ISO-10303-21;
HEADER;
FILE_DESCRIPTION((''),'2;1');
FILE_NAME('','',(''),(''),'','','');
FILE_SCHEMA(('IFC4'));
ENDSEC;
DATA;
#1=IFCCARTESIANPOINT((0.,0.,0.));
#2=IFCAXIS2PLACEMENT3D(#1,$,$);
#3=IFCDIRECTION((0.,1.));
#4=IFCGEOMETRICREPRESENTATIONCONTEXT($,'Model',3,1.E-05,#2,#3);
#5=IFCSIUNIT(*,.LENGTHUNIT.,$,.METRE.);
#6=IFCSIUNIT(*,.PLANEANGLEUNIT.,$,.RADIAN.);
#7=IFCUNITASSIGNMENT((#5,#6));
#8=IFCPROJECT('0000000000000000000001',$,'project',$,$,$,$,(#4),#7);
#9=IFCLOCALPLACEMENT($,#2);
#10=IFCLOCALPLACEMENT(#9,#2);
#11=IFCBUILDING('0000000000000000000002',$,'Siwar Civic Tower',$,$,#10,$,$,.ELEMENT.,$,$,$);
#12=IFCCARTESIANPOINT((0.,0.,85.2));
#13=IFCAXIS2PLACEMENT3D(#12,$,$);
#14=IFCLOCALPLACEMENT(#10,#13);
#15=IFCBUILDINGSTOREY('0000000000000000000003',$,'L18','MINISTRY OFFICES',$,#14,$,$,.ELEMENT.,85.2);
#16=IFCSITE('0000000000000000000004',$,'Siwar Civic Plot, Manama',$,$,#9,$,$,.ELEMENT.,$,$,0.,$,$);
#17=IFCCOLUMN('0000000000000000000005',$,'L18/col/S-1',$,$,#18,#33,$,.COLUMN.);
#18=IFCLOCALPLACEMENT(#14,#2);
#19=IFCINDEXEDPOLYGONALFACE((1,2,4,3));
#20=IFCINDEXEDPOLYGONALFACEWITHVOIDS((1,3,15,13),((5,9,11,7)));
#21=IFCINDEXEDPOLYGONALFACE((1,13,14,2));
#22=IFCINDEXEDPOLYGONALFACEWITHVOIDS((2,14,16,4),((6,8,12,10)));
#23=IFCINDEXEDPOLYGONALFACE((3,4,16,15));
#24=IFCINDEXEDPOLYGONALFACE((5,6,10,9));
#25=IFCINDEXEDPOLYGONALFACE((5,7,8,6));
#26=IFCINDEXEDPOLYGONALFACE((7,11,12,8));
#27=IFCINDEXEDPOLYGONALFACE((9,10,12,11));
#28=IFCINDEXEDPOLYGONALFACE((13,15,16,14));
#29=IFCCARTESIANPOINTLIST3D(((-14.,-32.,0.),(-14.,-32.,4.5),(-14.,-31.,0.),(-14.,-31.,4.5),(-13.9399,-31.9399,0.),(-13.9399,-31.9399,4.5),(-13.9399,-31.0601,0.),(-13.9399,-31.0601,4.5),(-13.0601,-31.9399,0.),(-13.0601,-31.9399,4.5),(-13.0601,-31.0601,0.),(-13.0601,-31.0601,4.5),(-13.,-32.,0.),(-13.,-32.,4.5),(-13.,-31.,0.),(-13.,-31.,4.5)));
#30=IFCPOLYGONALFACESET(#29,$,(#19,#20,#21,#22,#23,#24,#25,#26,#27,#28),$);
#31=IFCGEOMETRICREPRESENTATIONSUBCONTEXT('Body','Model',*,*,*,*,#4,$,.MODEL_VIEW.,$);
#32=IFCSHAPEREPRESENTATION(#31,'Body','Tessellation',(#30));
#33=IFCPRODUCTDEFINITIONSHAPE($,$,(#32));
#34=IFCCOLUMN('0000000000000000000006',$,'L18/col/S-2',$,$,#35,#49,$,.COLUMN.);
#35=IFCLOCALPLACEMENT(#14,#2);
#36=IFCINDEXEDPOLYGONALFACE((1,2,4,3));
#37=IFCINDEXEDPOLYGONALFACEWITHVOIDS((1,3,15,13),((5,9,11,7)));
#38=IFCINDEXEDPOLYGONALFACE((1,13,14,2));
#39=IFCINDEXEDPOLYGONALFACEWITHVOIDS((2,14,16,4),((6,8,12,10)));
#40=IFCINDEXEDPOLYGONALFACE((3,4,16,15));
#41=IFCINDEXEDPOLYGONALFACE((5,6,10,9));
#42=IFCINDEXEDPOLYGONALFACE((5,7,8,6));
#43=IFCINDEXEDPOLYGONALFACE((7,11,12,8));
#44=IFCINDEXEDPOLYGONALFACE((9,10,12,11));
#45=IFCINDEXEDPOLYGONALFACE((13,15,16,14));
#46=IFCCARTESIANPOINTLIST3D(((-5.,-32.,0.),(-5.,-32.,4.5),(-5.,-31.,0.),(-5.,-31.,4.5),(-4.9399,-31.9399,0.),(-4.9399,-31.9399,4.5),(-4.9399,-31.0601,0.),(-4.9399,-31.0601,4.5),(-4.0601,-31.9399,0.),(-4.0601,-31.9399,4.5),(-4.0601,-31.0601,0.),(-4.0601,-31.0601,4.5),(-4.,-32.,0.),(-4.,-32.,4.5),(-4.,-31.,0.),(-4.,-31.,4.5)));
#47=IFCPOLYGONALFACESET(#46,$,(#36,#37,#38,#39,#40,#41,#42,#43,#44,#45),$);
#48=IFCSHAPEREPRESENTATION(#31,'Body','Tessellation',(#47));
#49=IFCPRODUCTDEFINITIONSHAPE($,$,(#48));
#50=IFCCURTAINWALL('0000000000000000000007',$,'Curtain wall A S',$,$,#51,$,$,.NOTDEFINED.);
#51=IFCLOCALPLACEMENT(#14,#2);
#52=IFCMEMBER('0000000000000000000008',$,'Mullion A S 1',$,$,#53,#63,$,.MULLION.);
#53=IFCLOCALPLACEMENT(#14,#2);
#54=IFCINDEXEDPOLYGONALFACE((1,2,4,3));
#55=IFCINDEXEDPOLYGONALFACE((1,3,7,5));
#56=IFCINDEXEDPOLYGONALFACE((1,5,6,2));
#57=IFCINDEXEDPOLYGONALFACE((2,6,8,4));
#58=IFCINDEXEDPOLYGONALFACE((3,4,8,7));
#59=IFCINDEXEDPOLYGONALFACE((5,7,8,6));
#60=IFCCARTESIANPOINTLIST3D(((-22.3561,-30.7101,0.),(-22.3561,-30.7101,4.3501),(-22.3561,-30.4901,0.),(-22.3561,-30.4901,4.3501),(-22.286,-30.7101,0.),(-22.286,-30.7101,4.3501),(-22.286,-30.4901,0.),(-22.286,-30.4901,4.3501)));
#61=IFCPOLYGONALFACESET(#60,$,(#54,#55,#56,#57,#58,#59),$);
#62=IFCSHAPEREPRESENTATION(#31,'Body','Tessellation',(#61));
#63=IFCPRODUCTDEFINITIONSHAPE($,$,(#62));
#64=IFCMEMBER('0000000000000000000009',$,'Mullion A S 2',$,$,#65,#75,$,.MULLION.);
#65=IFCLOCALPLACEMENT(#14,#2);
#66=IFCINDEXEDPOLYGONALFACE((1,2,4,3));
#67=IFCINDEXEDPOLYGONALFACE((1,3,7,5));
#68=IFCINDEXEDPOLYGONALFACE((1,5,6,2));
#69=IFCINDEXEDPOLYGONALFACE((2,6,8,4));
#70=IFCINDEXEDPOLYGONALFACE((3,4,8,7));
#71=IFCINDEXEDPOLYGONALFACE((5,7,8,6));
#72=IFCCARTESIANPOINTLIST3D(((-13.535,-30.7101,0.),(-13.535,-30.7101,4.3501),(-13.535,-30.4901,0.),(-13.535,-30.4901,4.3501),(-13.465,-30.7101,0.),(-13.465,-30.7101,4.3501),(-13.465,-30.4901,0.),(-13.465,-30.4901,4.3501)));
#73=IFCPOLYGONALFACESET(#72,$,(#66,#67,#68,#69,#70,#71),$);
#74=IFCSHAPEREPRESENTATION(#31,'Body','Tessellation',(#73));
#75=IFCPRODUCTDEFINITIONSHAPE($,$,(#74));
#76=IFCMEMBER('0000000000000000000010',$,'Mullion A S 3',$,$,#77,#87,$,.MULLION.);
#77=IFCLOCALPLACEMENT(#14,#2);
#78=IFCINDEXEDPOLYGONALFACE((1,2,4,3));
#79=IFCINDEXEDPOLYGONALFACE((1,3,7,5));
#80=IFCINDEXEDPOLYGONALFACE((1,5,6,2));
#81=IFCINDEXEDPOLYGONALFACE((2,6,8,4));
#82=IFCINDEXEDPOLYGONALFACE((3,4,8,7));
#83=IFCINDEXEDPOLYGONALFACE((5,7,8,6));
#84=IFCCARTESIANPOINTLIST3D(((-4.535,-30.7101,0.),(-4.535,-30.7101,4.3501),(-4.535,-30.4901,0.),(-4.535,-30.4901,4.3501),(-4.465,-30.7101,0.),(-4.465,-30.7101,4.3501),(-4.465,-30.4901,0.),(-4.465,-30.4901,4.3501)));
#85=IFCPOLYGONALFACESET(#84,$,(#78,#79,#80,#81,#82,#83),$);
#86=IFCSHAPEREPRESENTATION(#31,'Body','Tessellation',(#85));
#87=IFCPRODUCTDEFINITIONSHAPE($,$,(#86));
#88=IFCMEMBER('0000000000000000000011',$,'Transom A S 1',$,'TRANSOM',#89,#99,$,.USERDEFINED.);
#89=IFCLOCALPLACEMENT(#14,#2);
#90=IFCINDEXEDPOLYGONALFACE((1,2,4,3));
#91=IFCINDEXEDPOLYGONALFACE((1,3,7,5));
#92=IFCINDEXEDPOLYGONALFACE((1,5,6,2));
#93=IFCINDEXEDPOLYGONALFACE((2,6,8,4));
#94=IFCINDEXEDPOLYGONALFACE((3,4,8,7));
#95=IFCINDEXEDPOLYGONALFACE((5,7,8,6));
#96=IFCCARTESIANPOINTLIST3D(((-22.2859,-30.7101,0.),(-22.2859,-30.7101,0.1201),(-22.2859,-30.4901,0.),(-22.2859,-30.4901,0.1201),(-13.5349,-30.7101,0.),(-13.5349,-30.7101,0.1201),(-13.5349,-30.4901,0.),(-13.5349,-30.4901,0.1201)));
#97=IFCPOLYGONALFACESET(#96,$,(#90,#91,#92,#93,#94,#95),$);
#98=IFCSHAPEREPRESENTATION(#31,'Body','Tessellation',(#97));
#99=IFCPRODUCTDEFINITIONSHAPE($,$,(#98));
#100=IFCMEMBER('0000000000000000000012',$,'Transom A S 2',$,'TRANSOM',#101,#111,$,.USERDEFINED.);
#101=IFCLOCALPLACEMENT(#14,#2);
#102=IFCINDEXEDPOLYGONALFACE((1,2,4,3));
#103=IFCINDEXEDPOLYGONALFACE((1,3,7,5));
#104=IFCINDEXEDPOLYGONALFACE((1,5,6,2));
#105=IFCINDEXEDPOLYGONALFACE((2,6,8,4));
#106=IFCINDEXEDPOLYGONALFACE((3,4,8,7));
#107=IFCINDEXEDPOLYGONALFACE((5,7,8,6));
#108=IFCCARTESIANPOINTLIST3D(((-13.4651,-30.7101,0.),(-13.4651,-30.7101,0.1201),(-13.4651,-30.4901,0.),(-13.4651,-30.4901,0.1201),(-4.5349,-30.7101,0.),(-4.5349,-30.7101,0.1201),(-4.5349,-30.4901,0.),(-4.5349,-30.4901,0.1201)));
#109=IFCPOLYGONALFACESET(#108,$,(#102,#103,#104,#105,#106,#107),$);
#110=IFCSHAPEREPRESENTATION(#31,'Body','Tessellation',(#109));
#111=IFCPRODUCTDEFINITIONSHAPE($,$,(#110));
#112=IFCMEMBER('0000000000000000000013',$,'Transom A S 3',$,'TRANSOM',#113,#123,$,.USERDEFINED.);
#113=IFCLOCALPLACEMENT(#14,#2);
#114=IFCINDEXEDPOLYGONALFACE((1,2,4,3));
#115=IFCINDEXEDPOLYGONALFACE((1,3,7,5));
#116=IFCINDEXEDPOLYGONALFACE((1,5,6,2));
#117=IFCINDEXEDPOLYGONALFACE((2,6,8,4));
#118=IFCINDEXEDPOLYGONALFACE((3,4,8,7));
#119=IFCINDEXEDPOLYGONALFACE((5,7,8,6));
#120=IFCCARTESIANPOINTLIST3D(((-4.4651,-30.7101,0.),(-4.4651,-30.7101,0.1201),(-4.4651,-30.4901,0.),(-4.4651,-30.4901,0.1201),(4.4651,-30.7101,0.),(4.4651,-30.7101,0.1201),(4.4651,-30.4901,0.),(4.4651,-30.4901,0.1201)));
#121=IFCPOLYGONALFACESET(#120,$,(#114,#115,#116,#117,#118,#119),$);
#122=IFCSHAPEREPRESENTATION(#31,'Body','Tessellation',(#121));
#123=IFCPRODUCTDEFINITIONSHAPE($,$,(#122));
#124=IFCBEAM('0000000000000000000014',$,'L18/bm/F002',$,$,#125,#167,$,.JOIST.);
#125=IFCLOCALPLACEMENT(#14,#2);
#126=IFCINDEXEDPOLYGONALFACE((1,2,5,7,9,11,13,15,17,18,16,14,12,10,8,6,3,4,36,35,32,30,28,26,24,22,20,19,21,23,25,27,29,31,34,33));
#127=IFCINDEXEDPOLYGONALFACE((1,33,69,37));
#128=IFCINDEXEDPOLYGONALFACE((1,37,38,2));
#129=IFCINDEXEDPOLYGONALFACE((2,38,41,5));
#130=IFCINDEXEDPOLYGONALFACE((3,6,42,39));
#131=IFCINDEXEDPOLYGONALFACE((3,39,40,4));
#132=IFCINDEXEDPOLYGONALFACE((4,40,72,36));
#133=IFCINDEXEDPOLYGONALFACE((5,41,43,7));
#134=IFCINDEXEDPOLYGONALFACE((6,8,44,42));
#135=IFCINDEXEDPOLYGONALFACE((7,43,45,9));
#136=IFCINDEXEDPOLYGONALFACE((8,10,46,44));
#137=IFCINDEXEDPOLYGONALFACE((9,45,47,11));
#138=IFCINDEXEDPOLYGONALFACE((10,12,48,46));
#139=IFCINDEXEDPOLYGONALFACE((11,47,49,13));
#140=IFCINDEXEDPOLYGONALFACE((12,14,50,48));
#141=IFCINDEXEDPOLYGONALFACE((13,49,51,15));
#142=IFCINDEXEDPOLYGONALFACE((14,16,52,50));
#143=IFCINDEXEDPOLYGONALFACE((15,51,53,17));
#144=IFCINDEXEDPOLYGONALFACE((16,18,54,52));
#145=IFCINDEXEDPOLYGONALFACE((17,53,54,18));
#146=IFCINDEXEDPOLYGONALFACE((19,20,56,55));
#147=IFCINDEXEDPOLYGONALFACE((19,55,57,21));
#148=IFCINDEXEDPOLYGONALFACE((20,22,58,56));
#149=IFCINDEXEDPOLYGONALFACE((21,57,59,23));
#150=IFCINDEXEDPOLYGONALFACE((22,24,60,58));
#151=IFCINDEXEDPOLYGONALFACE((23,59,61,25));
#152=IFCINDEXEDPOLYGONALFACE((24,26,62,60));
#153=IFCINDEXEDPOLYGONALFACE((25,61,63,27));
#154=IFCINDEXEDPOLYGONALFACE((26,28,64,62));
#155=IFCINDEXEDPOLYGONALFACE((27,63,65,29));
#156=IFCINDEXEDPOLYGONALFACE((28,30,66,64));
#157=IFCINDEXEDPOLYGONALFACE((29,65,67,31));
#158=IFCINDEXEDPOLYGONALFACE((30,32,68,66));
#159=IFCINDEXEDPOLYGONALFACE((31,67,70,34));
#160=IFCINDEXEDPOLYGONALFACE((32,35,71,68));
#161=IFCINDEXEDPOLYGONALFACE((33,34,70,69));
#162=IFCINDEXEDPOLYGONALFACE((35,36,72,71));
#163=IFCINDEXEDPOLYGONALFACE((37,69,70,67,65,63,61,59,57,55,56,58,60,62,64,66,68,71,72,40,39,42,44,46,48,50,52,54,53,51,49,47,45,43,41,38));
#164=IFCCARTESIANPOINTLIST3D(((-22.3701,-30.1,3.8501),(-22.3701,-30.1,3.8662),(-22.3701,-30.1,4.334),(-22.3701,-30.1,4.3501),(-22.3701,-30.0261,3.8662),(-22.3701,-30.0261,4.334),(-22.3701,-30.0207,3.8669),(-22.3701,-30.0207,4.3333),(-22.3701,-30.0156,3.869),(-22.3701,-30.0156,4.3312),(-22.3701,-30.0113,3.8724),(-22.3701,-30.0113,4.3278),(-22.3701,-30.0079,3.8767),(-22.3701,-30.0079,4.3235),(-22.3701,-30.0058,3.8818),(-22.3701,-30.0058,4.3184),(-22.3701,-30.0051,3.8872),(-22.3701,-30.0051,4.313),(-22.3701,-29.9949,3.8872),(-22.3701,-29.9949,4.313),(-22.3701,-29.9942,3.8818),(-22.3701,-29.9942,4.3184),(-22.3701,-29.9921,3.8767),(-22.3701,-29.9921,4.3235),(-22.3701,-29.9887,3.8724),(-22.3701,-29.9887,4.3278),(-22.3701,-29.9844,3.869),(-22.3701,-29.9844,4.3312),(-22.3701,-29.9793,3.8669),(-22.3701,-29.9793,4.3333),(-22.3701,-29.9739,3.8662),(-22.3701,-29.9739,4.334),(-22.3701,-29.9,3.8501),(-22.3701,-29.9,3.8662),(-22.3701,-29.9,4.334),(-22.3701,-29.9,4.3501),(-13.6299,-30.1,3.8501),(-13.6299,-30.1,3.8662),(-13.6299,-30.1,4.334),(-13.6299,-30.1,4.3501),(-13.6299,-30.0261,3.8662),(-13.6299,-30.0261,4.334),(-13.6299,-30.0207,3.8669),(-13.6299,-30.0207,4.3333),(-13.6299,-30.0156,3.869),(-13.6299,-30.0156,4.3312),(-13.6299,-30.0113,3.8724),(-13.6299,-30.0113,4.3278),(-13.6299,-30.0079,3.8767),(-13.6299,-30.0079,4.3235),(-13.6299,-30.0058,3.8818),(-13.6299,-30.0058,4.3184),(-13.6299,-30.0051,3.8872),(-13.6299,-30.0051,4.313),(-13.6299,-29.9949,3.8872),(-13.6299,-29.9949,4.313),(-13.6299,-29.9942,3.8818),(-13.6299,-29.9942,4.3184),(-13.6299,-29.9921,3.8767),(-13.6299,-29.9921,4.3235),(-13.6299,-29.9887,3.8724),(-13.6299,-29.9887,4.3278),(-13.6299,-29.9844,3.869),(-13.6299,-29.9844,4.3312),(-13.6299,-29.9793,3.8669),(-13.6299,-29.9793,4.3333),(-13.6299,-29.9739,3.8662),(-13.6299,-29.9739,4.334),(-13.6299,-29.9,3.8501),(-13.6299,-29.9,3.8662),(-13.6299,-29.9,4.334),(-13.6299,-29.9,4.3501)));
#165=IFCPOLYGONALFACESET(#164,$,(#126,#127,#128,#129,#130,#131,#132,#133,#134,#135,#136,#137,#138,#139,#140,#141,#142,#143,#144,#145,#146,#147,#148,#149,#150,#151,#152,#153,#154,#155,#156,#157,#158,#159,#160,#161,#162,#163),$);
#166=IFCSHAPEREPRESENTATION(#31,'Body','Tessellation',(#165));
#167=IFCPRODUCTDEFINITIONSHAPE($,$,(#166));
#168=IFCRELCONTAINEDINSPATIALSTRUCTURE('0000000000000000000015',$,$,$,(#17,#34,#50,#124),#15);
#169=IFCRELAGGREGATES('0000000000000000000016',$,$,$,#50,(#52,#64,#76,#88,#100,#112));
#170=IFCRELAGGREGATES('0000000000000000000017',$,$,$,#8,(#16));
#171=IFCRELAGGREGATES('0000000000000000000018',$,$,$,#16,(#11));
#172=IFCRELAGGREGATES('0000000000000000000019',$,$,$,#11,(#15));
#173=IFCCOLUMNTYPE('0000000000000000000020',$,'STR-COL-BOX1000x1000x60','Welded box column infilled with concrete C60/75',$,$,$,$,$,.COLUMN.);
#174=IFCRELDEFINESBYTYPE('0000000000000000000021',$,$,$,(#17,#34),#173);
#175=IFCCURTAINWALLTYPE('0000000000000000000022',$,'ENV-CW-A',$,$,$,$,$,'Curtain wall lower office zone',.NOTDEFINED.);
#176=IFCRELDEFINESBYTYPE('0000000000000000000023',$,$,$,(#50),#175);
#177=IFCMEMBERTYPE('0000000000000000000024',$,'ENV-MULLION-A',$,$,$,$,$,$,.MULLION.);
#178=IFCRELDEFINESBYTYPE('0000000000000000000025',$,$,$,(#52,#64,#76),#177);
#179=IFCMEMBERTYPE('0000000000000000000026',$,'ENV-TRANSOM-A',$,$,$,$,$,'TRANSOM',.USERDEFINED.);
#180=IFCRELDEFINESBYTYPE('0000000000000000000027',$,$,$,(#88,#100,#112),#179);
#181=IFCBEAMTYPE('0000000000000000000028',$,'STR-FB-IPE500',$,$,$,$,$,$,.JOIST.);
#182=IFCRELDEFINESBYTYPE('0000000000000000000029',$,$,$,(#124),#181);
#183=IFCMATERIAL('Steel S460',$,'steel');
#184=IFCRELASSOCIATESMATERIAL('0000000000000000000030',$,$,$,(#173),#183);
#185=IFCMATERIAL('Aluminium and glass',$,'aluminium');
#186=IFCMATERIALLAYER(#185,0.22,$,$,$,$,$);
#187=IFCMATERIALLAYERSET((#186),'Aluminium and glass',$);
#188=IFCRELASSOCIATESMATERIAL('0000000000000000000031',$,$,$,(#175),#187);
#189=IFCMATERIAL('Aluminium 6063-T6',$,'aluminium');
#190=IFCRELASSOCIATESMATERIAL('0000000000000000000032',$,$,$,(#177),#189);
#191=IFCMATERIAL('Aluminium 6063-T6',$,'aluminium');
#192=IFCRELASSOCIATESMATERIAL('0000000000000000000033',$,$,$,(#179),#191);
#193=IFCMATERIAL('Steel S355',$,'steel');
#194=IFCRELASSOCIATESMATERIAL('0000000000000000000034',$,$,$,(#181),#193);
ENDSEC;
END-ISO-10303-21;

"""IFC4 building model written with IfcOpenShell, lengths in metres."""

from ifc_helpers import new_model, si_unit, direction, frame, origin, origin_2d, place, context, subcontext, project, spatial, rectangle, hollow_rectangle, i_section, extrude, material, layer, layer_set, material_profile, profile_set, type_object, element, aggregate, save


model = new_model("IFC4")

# Units and contexts
model_context = context("Model", 3, precision=1e-05, world=origin(), true_north=direction((0.0, 1.0)))
body_context = subcontext(model_context, "Body", "Model", "MODEL_VIEW")
ifc_project = project(units=[si_unit("LENGTHUNIT", "METRE"), si_unit("PLANEANGLEUNIT", "RADIAN")], contexts=[model_context])

# Site, building, storey
site_placement = place(None, origin())
site = spatial("IfcSite", under=ifc_project, at=site_placement, Name="Siwar Civic Plot, Manama", CompositionType="ELEMENT", RefElevation=0.0)
building_placement = place(site_placement, origin())
building = spatial("IfcBuilding", under=site, at=building_placement, Name="Siwar Civic Tower", CompositionType="ELEMENT")
storey_placement = place(building_placement, frame((0.0, 0.0, 85.2)))
storey = spatial("IfcBuildingStorey", under=building, at=storey_placement, Name="L18", Description="MINISTRY OFFICES", CompositionType="ELEMENT", Elevation=85.2)

# Columns
ifc_material_1 = material(Name="Steel S460", Category="steel")
ifc_material_profile_1 = material_profile(ifc_material_1, hollow_rectangle(XDim=1.0, YDim=1.0, WallThickness=0.0601, at=origin_2d()), Name="BOX1000x1000x60")
ifc_profile_set_1 = profile_set([ifc_material_profile_1], Name="Steel S460")
column_type = type_object("IfcColumnType", Name="STR-COL-BOX1000x1000x60", Description="Welded box column infilled with concrete C60/75", PredefinedType="COLUMN", material=ifc_profile_set_1)
for number, where, z_axis, x_axis, name in (
    (1, (-13.5, -31.5, 0.0), (0.0, 0.0, 1.0), (1.0, 0.0, 0.0), "L18/col/S-1"),
    (2, (-4.5, -31.5, 0.0), (0.0, 0.0, 1.0), (1.0, 0.0, 0.0), "L18/col/S-2"),
):
    element("IfcColumn", number, at=place(storey_placement, frame(where, z_axis=z_axis, x_axis=x_axis)), inside=storey, type_object=column_type, Name=name, PredefinedType="COLUMN", context=body_context, shape_type="SweptSolid", body=[
        extrude(hollow_rectangle(XDim=1.0, YDim=1.0, WallThickness=0.0601, at=origin_2d()), origin(), (0.0, 0.0, 1.0), 4.5),
    ])

# Curtain wall, members
ifc_material_2 = material(Name="Aluminium and glass", Category="aluminium")
ifc_layer_1 = layer(ifc_material_2, 0.22)
ifc_layer_set_1 = layer_set([ifc_layer_1], Name="Aluminium and glass")
curtain_wall_type = type_object("IfcCurtainWallType", Name="ENV-CW-A", ElementType="Curtain wall lower office zone", PredefinedType="NOTDEFINED", material=ifc_layer_set_1)
curtain_wall_placement = place(storey_placement, origin())
curtain_wall = element("IfcCurtainWall", 3, at=curtain_wall_placement, inside=storey, type_object=curtain_wall_type, Name="Curtain wall A S", PredefinedType="NOTDEFINED")
ifc_material_3 = material(Name="Aluminium 6063-T6", Category="aluminium")
ifc_material_profile_2 = material_profile(ifc_material_3, rectangle(XDim=0.22, YDim=0.0701, at=origin_2d()), Name="AL 220x70")
ifc_profile_set_2 = profile_set([ifc_material_profile_2], Name="Aluminium 6063-T6")
member_type_1 = type_object("IfcMemberType", Name="ENV-MULLION-A", PredefinedType="MULLION", material=ifc_profile_set_2)
member_1_placement = place(storey_placement, frame((-22.321, -30.6001, 0.0), z_axis=(0.0, 0.0, 1.0), x_axis=(0.0, 1.0, 0.0)))
member_1 = element("IfcMember", 4, at=member_1_placement, type_object=member_type_1, Name="Mullion A S 1", PredefinedType="MULLION", context=body_context, shape_type="SweptSolid", body=[
    extrude(rectangle(XDim=0.22, YDim=0.0701, at=origin_2d()), origin(), (0.0, 0.0, 1.0), 4.3501),
])
member_2_placement = place(storey_placement, frame((-13.5, -30.6001, 0.0), z_axis=(0.0, 0.0, 1.0), x_axis=(0.0, 1.0, 0.0)))
member_2 = element("IfcMember", 5, at=member_2_placement, type_object=member_type_1, Name="Mullion A S 2", PredefinedType="MULLION", context=body_context, shape_type="SweptSolid", body=[
    extrude(rectangle(XDim=0.22, YDim=0.0701, at=origin_2d()), origin(), (0.0, 0.0, 1.0), 4.3501),
])
member_3_placement = place(storey_placement, frame((-4.5, -30.6001, 0.0), z_axis=(0.0, 0.0, 1.0), x_axis=(0.0, 1.0, 0.0)))
member_3 = element("IfcMember", 6, at=member_3_placement, type_object=member_type_1, Name="Mullion A S 3", PredefinedType="MULLION", context=body_context, shape_type="SweptSolid", body=[
    extrude(rectangle(XDim=0.22, YDim=0.0701, at=origin_2d()), origin(), (0.0, 0.0, 1.0), 4.3501),
])
ifc_material_4 = material(Name="Aluminium 6063-T6", Category="aluminium")
ifc_material_profile_3 = material_profile(ifc_material_4, rectangle(XDim=0.22, YDim=0.1201, at=origin_2d()), Name="AL 220x120")
ifc_profile_set_3 = profile_set([ifc_material_profile_3], Name="Aluminium 6063-T6")
member_type_2 = type_object("IfcMemberType", Name="ENV-TRANSOM-A", ElementType="TRANSOM", PredefinedType="USERDEFINED", material=ifc_profile_set_3)
member_4_placement = place(storey_placement, frame((-22.2859, -30.6001, 0.0601), z_axis=(1.0, 0.0, 0.0), x_axis=(0.0, 1.0, 0.0)))
member_4 = element("IfcMember", 7, at=member_4_placement, type_object=member_type_2, Name="Transom A S 1", ObjectType="TRANSOM", PredefinedType="USERDEFINED", context=body_context, shape_type="SweptSolid", body=[
    extrude(rectangle(XDim=0.22, YDim=0.1201, at=origin_2d()), origin(), (0.0, 0.0, 1.0), 8.751),
])
member_5_placement = place(storey_placement, frame((-13.4651, -30.6001, 0.0601), z_axis=(1.0, 0.0, 0.0), x_axis=(0.0, 1.0, 0.0)))
member_5 = element("IfcMember", 8, at=member_5_placement, type_object=member_type_2, Name="Transom A S 2", ObjectType="TRANSOM", PredefinedType="USERDEFINED", context=body_context, shape_type="SweptSolid", body=[
    extrude(rectangle(XDim=0.22, YDim=0.1201, at=origin_2d()), origin(), (0.0, 0.0, 1.0), 8.9302),
])
member_6_placement = place(storey_placement, frame((-4.4651, -30.6001, 0.0601), z_axis=(1.0, 0.0, 0.0), x_axis=(0.0, 1.0, 0.0)))
member_6 = element("IfcMember", 9, at=member_6_placement, type_object=member_type_2, Name="Transom A S 3", ObjectType="TRANSOM", PredefinedType="USERDEFINED", context=body_context, shape_type="SweptSolid", body=[
    extrude(rectangle(XDim=0.22, YDim=0.1201, at=origin_2d()), origin(), (0.0, 0.0, 1.0), 8.9302),
])

# Beam
ifc_material_5 = material(Name="Steel S355", Category="steel")
ifc_material_profile_4 = material_profile(ifc_material_5, i_section(OverallWidth=0.2, OverallDepth=0.5, WebThickness=0.0103, FlangeThickness=0.0161, FilletRadius=0.021, at=origin_2d()), Name="IPE500")
ifc_profile_set_4 = profile_set([ifc_material_profile_4], Name="Steel S355")
beam_type_1 = type_object("IfcBeamType", Name="STR-FB-IPE500", PredefinedType="JOIST", material=ifc_profile_set_4)
for number, where, z_axis, x_axis, name in (
    (10, (-22.3701, -30.0, 4.1001), (1.0, 0.0, 0.0), (0.0, 1.0, 0.0), "L18/bm/F002"),
):
    element("IfcBeam", number, at=place(storey_placement, frame(where, z_axis=z_axis, x_axis=x_axis)), inside=storey, type_object=beam_type_1, Name=name, PredefinedType="JOIST", context=body_context, shape_type="SweptSolid", body=[
        extrude(i_section(OverallWidth=0.2, OverallDepth=0.5, WebThickness=0.0103, FlangeThickness=0.0161, FilletRadius=0.021, at=origin_2d()), origin(), (0.0, 0.0, 1.0), 8.7402),
    ])

aggregate(curtain_wall, [member_1, member_2, member_3, member_4, member_5, member_6])

save(model, "model.ifc")
